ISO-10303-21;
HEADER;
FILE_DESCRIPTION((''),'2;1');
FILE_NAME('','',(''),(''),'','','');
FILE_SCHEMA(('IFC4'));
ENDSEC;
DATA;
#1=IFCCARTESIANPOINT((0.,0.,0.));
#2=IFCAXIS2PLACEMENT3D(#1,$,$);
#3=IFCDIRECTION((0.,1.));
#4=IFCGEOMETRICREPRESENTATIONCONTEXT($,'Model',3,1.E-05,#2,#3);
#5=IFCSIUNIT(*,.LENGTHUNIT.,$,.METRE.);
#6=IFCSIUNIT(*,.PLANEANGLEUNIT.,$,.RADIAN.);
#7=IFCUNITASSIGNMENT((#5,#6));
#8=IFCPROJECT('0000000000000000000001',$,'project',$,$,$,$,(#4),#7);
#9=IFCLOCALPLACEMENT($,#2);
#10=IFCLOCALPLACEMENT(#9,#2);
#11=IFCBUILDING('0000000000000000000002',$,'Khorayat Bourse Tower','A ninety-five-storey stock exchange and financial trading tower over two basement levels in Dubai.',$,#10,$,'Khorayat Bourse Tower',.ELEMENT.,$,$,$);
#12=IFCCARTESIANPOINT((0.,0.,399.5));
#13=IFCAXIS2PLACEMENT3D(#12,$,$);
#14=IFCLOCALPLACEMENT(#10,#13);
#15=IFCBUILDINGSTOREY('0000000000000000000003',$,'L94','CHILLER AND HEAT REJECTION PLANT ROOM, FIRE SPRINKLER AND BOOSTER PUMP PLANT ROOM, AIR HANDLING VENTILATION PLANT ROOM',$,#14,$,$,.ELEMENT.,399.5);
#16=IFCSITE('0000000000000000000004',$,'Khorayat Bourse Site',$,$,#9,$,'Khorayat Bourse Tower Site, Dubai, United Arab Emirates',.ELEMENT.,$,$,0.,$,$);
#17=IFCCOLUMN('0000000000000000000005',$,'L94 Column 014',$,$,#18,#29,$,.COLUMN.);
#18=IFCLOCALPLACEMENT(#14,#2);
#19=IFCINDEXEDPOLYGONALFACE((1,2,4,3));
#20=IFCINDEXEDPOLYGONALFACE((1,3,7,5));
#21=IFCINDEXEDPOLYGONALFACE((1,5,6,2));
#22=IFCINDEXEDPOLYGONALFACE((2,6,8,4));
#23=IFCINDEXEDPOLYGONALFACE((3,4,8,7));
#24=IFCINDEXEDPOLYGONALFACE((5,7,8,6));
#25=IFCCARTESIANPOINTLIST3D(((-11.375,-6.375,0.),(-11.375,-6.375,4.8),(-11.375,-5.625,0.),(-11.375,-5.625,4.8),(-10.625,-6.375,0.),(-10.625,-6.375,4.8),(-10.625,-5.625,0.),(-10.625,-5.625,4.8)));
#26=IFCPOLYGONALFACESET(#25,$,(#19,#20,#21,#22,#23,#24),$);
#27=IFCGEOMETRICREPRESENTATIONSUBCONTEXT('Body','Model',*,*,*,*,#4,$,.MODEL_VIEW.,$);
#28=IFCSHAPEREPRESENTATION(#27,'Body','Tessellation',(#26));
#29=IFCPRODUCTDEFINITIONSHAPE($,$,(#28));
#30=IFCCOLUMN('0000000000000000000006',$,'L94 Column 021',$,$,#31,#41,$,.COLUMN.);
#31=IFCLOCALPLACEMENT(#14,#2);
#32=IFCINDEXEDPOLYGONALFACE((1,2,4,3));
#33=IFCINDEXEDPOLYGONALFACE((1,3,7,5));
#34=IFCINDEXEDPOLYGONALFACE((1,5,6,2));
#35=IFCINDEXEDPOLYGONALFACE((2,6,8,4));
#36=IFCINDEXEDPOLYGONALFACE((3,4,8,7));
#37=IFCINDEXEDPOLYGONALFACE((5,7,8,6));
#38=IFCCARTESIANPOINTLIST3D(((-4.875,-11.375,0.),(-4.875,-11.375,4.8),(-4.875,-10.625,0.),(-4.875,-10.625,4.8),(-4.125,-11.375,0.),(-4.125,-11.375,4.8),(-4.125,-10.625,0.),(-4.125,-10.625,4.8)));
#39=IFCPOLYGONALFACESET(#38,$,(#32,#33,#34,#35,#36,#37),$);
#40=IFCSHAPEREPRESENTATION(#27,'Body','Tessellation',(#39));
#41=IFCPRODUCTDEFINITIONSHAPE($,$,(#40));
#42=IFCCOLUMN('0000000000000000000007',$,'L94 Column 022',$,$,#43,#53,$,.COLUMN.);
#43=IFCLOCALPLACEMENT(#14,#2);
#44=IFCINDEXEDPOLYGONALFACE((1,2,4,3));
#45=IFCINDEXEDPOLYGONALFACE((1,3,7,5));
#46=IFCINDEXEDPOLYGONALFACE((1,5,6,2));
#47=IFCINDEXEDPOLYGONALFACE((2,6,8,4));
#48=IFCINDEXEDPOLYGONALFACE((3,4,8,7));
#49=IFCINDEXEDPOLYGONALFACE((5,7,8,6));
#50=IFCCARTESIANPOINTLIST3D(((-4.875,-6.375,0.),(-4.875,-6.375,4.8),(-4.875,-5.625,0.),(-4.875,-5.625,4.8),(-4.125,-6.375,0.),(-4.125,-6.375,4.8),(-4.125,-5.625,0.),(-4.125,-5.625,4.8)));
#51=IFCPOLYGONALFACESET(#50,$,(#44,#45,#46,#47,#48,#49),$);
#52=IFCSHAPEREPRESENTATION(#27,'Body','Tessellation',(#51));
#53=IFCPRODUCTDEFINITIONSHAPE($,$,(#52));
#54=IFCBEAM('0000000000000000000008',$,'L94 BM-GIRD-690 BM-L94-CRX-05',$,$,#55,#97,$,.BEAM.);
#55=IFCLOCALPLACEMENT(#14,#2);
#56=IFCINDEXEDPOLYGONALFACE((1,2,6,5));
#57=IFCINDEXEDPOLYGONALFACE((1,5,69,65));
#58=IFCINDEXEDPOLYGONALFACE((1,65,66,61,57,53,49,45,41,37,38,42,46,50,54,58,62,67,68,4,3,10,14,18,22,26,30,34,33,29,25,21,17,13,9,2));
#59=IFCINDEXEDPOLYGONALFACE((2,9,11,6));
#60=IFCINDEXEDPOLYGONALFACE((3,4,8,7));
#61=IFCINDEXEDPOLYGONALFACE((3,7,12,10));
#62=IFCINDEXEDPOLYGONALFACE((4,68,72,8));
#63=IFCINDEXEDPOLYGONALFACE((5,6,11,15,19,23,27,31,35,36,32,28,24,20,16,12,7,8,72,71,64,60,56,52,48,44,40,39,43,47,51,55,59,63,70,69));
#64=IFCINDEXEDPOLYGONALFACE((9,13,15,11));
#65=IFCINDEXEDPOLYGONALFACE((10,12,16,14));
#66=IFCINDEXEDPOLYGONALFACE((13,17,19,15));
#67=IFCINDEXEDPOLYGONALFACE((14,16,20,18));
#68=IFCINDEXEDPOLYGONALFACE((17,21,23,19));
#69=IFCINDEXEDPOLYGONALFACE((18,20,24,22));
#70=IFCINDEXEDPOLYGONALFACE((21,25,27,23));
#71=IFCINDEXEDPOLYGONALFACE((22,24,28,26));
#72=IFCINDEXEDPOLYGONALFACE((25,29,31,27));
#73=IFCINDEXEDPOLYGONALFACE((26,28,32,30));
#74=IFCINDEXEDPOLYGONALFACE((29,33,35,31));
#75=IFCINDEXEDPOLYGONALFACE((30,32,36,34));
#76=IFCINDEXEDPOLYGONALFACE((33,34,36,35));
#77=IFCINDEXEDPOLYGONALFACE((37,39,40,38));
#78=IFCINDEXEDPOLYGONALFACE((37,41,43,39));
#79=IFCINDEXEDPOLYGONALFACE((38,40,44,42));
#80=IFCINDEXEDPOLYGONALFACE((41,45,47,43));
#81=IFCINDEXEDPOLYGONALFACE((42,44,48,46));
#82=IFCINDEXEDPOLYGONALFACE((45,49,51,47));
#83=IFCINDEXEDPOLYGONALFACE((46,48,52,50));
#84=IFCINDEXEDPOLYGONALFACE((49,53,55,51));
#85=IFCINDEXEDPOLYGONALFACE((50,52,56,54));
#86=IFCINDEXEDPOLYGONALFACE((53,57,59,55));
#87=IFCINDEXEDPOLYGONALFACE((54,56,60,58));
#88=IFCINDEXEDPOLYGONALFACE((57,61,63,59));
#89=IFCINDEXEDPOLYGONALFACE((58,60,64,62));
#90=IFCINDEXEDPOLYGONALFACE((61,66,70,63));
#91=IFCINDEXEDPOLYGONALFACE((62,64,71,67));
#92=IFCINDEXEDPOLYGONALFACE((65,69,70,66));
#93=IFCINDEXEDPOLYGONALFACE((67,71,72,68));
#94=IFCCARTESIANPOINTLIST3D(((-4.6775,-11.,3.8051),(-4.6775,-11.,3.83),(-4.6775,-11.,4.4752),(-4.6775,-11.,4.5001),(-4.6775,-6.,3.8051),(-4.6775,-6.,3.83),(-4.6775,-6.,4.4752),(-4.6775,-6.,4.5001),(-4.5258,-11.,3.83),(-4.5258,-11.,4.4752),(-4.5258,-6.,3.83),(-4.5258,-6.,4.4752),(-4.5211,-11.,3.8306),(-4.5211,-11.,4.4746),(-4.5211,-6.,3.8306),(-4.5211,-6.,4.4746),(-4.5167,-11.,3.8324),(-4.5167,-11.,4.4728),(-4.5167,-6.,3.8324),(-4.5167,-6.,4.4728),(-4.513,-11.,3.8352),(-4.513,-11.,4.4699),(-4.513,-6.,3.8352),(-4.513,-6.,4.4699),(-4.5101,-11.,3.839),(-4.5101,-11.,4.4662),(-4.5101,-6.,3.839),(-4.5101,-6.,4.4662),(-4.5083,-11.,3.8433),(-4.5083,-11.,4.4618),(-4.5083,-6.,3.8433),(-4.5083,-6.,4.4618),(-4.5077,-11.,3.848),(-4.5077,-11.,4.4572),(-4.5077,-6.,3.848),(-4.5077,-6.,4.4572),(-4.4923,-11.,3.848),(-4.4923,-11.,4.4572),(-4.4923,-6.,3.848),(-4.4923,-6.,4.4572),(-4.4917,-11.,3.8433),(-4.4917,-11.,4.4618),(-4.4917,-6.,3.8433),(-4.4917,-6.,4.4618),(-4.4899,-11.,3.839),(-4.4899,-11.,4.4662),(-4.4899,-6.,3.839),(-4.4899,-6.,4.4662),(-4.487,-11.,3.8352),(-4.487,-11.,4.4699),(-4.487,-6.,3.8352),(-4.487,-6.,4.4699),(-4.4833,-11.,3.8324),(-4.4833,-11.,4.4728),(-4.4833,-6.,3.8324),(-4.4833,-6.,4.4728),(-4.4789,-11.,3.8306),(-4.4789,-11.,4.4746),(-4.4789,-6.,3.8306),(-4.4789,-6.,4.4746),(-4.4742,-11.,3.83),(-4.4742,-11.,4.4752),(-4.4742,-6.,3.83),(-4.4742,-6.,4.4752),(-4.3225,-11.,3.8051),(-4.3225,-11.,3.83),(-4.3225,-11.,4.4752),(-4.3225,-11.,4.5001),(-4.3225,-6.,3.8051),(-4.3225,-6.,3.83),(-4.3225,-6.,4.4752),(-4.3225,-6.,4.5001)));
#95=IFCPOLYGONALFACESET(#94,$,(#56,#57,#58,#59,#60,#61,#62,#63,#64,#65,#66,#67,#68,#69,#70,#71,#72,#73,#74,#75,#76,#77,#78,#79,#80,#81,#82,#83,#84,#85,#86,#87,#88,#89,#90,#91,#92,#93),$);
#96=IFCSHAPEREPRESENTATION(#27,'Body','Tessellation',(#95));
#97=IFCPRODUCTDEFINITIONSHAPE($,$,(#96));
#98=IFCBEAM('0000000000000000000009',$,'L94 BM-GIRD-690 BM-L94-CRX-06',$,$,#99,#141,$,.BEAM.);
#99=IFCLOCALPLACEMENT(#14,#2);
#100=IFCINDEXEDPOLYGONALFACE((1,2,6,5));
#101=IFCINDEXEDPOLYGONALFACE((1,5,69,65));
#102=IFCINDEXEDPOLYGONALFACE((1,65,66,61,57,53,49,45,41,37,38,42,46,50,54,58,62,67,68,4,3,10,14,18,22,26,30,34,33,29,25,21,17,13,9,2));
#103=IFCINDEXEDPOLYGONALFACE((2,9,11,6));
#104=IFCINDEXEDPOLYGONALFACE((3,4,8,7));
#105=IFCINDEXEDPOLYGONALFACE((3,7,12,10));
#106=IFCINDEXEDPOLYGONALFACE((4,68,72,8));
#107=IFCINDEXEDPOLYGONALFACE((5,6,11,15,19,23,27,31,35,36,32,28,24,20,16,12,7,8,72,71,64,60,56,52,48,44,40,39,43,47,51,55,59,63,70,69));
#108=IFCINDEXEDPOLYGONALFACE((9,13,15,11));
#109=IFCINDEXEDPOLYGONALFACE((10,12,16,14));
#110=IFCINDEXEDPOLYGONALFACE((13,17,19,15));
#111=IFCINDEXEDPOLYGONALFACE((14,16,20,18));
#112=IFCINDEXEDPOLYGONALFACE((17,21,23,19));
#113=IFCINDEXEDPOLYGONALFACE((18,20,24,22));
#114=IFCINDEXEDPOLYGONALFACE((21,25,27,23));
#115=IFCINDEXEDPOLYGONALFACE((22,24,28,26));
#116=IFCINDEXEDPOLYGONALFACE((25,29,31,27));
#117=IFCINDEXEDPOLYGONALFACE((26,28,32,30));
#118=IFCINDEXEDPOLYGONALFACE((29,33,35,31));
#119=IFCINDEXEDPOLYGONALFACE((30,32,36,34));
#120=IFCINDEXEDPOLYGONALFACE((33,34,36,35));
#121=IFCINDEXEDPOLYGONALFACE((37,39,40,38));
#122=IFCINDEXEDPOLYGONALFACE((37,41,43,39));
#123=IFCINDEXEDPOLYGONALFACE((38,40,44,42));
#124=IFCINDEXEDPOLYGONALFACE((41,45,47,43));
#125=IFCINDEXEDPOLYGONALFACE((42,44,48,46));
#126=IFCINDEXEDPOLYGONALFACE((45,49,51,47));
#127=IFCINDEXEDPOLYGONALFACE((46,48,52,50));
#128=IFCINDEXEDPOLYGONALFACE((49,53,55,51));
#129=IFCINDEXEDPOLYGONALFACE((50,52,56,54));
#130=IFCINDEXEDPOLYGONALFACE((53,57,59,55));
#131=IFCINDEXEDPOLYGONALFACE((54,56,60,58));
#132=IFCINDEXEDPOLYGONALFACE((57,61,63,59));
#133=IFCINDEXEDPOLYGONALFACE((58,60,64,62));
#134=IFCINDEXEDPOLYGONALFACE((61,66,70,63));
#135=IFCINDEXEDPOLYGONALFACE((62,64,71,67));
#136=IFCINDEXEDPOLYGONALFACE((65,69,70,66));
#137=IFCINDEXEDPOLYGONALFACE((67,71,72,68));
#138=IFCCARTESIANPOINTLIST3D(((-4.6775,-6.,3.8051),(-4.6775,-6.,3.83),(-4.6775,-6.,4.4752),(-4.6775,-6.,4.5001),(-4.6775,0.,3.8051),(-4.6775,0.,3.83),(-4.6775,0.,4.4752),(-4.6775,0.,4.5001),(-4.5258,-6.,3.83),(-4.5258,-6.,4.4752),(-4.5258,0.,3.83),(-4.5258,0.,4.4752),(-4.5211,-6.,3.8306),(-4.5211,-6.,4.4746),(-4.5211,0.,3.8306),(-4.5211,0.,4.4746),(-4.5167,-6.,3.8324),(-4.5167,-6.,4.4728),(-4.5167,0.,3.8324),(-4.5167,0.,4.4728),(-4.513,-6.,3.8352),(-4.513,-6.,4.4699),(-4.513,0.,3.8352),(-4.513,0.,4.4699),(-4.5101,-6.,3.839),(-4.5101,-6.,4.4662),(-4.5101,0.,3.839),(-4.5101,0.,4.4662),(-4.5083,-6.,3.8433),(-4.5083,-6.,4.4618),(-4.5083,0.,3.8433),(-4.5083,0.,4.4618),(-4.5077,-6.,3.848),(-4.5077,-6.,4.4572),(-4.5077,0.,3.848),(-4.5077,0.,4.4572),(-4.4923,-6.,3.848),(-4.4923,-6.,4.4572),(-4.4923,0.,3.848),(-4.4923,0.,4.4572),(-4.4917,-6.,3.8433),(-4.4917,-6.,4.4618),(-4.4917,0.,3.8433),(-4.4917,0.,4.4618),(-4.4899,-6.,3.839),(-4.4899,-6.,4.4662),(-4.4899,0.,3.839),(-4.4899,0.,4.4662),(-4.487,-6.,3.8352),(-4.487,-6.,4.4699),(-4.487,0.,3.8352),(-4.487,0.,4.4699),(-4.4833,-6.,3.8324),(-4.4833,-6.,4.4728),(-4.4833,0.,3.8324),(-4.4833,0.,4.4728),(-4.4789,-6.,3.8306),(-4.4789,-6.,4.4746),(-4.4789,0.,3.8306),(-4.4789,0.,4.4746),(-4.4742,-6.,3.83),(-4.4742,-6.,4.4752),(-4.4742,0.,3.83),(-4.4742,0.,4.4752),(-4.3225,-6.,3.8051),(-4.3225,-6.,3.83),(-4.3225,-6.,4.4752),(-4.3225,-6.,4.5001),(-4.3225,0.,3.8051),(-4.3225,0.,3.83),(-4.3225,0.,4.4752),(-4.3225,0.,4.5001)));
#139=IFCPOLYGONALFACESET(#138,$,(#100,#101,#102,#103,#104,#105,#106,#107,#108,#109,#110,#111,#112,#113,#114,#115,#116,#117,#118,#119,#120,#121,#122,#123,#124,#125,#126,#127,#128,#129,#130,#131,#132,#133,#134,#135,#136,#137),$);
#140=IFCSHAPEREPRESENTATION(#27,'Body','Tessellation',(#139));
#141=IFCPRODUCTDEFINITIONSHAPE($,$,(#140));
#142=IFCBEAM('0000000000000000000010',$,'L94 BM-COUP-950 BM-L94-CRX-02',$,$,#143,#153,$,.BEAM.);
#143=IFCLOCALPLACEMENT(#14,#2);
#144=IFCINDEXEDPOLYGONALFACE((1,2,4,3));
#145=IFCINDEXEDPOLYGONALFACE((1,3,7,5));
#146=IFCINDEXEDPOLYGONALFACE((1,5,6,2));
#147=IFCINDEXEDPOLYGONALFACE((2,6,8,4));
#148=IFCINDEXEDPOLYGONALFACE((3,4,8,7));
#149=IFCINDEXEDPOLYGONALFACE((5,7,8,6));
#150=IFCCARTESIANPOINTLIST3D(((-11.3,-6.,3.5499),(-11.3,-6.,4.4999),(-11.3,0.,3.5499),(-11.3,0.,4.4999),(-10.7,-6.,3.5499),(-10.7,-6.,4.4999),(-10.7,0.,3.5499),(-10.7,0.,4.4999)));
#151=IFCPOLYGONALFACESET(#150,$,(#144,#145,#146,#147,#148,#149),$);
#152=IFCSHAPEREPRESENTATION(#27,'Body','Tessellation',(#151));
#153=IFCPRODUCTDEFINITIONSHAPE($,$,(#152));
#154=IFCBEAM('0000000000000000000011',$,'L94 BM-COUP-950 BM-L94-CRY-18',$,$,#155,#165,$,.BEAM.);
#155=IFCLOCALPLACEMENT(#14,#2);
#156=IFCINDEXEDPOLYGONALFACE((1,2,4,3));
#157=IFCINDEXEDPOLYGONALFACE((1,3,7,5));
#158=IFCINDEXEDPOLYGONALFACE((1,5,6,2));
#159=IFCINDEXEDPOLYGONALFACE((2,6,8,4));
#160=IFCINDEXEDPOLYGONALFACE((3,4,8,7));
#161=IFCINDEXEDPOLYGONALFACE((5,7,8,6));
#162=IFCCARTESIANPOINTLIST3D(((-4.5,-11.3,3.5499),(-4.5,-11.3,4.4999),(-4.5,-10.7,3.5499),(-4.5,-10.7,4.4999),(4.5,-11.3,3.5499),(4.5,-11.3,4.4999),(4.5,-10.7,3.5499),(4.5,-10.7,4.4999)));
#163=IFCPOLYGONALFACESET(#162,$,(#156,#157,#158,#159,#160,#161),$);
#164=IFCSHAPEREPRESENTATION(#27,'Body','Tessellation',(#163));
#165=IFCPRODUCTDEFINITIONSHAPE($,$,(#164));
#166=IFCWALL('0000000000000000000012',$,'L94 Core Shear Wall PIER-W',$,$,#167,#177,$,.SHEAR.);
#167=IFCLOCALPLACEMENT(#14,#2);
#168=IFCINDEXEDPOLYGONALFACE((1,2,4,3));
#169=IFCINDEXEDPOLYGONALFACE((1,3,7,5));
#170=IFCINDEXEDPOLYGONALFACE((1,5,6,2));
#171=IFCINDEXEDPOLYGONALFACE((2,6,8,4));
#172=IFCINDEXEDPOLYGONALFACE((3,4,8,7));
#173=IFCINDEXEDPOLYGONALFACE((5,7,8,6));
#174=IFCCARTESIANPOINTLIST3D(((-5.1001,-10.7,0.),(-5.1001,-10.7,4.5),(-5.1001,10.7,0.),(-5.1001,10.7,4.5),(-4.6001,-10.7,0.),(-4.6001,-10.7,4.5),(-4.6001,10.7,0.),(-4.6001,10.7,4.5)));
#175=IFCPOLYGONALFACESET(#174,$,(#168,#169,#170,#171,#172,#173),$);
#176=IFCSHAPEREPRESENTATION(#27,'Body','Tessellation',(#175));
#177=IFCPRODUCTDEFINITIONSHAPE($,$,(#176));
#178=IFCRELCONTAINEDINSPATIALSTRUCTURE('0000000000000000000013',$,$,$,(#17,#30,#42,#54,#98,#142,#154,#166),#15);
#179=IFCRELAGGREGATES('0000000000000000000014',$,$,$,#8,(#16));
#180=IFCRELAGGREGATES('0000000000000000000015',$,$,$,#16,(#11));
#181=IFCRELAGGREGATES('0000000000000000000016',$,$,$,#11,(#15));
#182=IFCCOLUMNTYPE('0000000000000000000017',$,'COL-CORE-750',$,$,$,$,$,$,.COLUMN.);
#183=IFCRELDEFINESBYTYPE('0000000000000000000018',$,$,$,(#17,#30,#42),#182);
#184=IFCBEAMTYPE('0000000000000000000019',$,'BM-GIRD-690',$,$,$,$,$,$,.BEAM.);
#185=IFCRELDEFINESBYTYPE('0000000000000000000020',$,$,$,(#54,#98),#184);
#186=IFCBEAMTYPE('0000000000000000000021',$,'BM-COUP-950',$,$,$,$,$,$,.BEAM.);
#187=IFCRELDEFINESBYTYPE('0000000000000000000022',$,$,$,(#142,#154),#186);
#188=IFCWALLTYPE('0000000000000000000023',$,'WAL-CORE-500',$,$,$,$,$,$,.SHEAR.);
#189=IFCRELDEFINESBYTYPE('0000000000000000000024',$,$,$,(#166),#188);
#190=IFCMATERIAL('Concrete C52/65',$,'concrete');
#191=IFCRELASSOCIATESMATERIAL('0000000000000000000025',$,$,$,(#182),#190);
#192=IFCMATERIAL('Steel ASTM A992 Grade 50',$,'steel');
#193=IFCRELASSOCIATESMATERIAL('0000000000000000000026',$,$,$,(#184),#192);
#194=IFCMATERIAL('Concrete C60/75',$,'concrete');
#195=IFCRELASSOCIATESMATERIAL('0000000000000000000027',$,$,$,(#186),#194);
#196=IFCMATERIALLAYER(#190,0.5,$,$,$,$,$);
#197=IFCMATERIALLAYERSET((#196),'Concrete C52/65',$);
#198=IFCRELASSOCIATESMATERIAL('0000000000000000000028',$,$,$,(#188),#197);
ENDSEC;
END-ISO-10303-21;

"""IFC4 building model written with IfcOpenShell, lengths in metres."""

from ifc_helpers import new_model, si_unit, direction, frame, frame_2d, origin, origin_2d, place, context, subcontext, project, spatial, rectangle, i_section, extrude, source, transform, mapped, material, layer, layer_set, material_profile, profile_set, type_object, element, save


model = new_model("IFC4")

# Units and contexts
model_context = context("Model", 3, precision=1e-05, world=origin(), true_north=direction((0.0, 1.0)))
body_context = subcontext(model_context, "Body", "Model", "MODEL_VIEW")
ifc_project = project(units=[si_unit("LENGTHUNIT", "METRE"), si_unit("PLANEANGLEUNIT", "RADIAN")], contexts=[model_context])

# Site, building, storey
site_placement = place(None, origin())
site = spatial("IfcSite", under=ifc_project, at=site_placement, Name="Khorayat Bourse Site", LongName="Khorayat Bourse Tower Site, Dubai, United Arab Emirates", CompositionType="ELEMENT", RefElevation=0.0)
building_placement = place(site_placement, origin())
building = spatial("IfcBuilding", under=site, at=building_placement, Name="Khorayat Bourse Tower", Description="A ninety-five-storey stock exchange and financial trading tower over two basement levels in Dubai.", LongName="Khorayat Bourse Tower", CompositionType="ELEMENT")
storey_placement = place(building_placement, frame((0.0, 0.0, 399.5)))
storey = spatial("IfcBuildingStorey", under=building, at=storey_placement, Name="L94", Description="CHILLER AND HEAT REJECTION PLANT ROOM, FIRE SPRINKLER AND BOOSTER PUMP PLANT ROOM, AIR HANDLING VENTILATION PLANT ROOM", CompositionType="ELEMENT", Elevation=399.5)

# Columns
ifc_material_1 = material(Name="Concrete C52/65", Category="concrete")
ifc_material_profile_1 = material_profile(ifc_material_1, rectangle(XDim=0.75, YDim=0.75, at=origin_2d()), Name="RC 750x750")
ifc_profile_set_1 = profile_set([ifc_material_profile_1], Name="Concrete C52/65")
column_type = type_object("IfcColumnType", Name="COL-CORE-750", PredefinedType="COLUMN", material=ifc_profile_set_1)
shared_shape_1 = source(origin(), body_context, "Body", "SweptSolid", [
    extrude(rectangle(XDim=0.75, YDim=0.75, at=origin_2d()), origin(), (0.0, 0.0, 1.0), 4.8),
])
for number, where, z_axis, x_axis, name in (
    (1, (-11.0, -6.0, 0.0), (0.0, 0.0, 1.0), (1.0, 0.0, 0.0), "L94 Column 014"),
    (2, (-4.5, -11.0, 0.0), (0.0, 0.0, 1.0), (1.0, 0.0, 0.0), "L94 Column 021"),
    (3, (-4.5, -6.0, 0.0), (0.0, 0.0, 1.0), (1.0, 0.0, 0.0), "L94 Column 022"),
):
    element("IfcColumn", number, at=place(storey_placement, frame(where, z_axis=z_axis, x_axis=x_axis)), inside=storey, type_object=column_type, Name=name, PredefinedType="COLUMN", context=body_context, shape_type="MappedRepresentation", body=[
        mapped(shared_shape_1, transform((0.0, 0.0, 0.0), scale=1.0)),
    ])

# Beams
ifc_material_2 = material(Name="Steel ASTM A992 Grade 50", Category="steel")
ifc_material_profile_2 = material_profile(ifc_material_2, i_section(OverallWidth=0.355, OverallDepth=0.6951, WebThickness=0.0154, FlangeThickness=0.0249, FilletRadius=0.0181, at=origin_2d()), Name="W690X217")
ifc_profile_set_2 = profile_set([ifc_material_profile_2], Name="Steel ASTM A992 Grade 50")
beam_type_1 = type_object("IfcBeamType", Name="BM-GIRD-690", PredefinedType="BEAM", material=ifc_profile_set_2)
shared_shape_2 = source(origin(), body_context, "Body", "SweptSolid", [
    extrude(i_section(OverallWidth=0.355, OverallDepth=0.6951, WebThickness=0.0154, FlangeThickness=0.0249, FilletRadius=0.0181, at=origin_2d()), origin(), (0.0, 0.0, 1.0), 5.0),
])
beam_1_placement = place(storey_placement, frame((-4.5, -11.0, 4.1526), z_axis=(0.0, 1.0, 0.0), x_axis=(-1.0, 0.0, 0.0)))
element("IfcBeam", 4, at=beam_1_placement, inside=storey, type_object=beam_type_1, Name="L94 BM-GIRD-690 BM-L94-CRX-05", PredefinedType="BEAM", context=body_context, shape_type="MappedRepresentation", body=[
    mapped(shared_shape_2, transform((0.0, 0.0, 0.0), scale=1.0)),
])
shared_shape_3 = source(origin(), body_context, "Body", "SweptSolid", [
    extrude(i_section(OverallWidth=0.355, OverallDepth=0.6951, WebThickness=0.0154, FlangeThickness=0.0249, FilletRadius=0.0181, at=origin_2d()), origin(), (0.0, 0.0, 1.0), 6.0),
])
beam_2_placement = place(storey_placement, frame((-4.5, -6.0, 4.1526), z_axis=(0.0, 1.0, 0.0), x_axis=(-1.0, 0.0, 0.0)))
element("IfcBeam", 5, at=beam_2_placement, inside=storey, type_object=beam_type_1, Name="L94 BM-GIRD-690 BM-L94-CRX-06", PredefinedType="BEAM", context=body_context, shape_type="MappedRepresentation", body=[
    mapped(shared_shape_3, transform((0.0, 0.0, 0.0), scale=1.0)),
])
ifc_material_3 = material(Name="Concrete C60/75", Category="concrete")
ifc_material_profile_3 = material_profile(ifc_material_3, rectangle(XDim=0.6001, YDim=0.95, at=origin_2d()), Name="RC 600x950")
ifc_profile_set_3 = profile_set([ifc_material_profile_3], Name="Concrete C60/75")
beam_type_2 = type_object("IfcBeamType", Name="BM-COUP-950", PredefinedType="BEAM", material=ifc_profile_set_3)
shared_shape_4 = source(origin(), body_context, "Body", "SweptSolid", [
    extrude(rectangle(XDim=0.6001, YDim=0.95, at=origin_2d()), origin(), (0.0, 0.0, 1.0), 6.0),
])
beam_3_placement = place(storey_placement, frame((-11.0, -6.0, 4.0249), z_axis=(0.0, 1.0, 0.0), x_axis=(-1.0, 0.0, 0.0)))
element("IfcBeam", 6, at=beam_3_placement, inside=storey, type_object=beam_type_2, Name="L94 BM-COUP-950 BM-L94-CRX-02", PredefinedType="BEAM", context=body_context, shape_type="MappedRepresentation", body=[
    mapped(shared_shape_4, transform((0.0, 0.0, 0.0), scale=1.0)),
])
shared_shape_5 = source(origin(), body_context, "Body", "SweptSolid", [
    extrude(rectangle(XDim=0.6001, YDim=0.95, at=origin_2d()), origin(), (0.0, 0.0, 1.0), 9.0),
])
beam_4_placement = place(storey_placement, frame((-4.5, -11.0, 4.0249), z_axis=(1.0, 0.0, 0.0), x_axis=(0.0, 1.0, 0.0)))
element("IfcBeam", 7, at=beam_4_placement, inside=storey, type_object=beam_type_2, Name="L94 BM-COUP-950 BM-L94-CRY-18", PredefinedType="BEAM", context=body_context, shape_type="MappedRepresentation", body=[
    mapped(shared_shape_5, transform((0.0, 0.0, 0.0), scale=1.0)),
])

# Wall
ifc_layer_1 = layer(ifc_material_1, 0.5)
ifc_layer_set_1 = layer_set([ifc_layer_1], Name="Concrete C52/65")
wall_type_1 = type_object("IfcWallType", Name="WAL-CORE-500", PredefinedType="SHEAR", material=ifc_layer_set_1)
shared_shape_6 = source(origin(), body_context, "Body", "SweptSolid", [
    extrude(rectangle(XDim=21.3999, YDim=0.5, at=frame_2d((10.7, 0.0))), origin(), (0.0, 0.0, 1.0), 4.5),
])
wall_1_placement = place(storey_placement, frame((-4.8501, -10.7, 0.0), z_axis=(0.0, 0.0, 1.0), x_axis=(0.0, 1.0, 0.0)))
element("IfcWall", 8, at=wall_1_placement, inside=storey, type_object=wall_type_1, Name="L94 Core Shear Wall PIER-W", PredefinedType="SHEAR", context=body_context, shape_type="MappedRepresentation", body=[
    mapped(shared_shape_6, transform((0.0, 0.0, 0.0), scale=1.0)),
])

save(model, "model.ifc")
